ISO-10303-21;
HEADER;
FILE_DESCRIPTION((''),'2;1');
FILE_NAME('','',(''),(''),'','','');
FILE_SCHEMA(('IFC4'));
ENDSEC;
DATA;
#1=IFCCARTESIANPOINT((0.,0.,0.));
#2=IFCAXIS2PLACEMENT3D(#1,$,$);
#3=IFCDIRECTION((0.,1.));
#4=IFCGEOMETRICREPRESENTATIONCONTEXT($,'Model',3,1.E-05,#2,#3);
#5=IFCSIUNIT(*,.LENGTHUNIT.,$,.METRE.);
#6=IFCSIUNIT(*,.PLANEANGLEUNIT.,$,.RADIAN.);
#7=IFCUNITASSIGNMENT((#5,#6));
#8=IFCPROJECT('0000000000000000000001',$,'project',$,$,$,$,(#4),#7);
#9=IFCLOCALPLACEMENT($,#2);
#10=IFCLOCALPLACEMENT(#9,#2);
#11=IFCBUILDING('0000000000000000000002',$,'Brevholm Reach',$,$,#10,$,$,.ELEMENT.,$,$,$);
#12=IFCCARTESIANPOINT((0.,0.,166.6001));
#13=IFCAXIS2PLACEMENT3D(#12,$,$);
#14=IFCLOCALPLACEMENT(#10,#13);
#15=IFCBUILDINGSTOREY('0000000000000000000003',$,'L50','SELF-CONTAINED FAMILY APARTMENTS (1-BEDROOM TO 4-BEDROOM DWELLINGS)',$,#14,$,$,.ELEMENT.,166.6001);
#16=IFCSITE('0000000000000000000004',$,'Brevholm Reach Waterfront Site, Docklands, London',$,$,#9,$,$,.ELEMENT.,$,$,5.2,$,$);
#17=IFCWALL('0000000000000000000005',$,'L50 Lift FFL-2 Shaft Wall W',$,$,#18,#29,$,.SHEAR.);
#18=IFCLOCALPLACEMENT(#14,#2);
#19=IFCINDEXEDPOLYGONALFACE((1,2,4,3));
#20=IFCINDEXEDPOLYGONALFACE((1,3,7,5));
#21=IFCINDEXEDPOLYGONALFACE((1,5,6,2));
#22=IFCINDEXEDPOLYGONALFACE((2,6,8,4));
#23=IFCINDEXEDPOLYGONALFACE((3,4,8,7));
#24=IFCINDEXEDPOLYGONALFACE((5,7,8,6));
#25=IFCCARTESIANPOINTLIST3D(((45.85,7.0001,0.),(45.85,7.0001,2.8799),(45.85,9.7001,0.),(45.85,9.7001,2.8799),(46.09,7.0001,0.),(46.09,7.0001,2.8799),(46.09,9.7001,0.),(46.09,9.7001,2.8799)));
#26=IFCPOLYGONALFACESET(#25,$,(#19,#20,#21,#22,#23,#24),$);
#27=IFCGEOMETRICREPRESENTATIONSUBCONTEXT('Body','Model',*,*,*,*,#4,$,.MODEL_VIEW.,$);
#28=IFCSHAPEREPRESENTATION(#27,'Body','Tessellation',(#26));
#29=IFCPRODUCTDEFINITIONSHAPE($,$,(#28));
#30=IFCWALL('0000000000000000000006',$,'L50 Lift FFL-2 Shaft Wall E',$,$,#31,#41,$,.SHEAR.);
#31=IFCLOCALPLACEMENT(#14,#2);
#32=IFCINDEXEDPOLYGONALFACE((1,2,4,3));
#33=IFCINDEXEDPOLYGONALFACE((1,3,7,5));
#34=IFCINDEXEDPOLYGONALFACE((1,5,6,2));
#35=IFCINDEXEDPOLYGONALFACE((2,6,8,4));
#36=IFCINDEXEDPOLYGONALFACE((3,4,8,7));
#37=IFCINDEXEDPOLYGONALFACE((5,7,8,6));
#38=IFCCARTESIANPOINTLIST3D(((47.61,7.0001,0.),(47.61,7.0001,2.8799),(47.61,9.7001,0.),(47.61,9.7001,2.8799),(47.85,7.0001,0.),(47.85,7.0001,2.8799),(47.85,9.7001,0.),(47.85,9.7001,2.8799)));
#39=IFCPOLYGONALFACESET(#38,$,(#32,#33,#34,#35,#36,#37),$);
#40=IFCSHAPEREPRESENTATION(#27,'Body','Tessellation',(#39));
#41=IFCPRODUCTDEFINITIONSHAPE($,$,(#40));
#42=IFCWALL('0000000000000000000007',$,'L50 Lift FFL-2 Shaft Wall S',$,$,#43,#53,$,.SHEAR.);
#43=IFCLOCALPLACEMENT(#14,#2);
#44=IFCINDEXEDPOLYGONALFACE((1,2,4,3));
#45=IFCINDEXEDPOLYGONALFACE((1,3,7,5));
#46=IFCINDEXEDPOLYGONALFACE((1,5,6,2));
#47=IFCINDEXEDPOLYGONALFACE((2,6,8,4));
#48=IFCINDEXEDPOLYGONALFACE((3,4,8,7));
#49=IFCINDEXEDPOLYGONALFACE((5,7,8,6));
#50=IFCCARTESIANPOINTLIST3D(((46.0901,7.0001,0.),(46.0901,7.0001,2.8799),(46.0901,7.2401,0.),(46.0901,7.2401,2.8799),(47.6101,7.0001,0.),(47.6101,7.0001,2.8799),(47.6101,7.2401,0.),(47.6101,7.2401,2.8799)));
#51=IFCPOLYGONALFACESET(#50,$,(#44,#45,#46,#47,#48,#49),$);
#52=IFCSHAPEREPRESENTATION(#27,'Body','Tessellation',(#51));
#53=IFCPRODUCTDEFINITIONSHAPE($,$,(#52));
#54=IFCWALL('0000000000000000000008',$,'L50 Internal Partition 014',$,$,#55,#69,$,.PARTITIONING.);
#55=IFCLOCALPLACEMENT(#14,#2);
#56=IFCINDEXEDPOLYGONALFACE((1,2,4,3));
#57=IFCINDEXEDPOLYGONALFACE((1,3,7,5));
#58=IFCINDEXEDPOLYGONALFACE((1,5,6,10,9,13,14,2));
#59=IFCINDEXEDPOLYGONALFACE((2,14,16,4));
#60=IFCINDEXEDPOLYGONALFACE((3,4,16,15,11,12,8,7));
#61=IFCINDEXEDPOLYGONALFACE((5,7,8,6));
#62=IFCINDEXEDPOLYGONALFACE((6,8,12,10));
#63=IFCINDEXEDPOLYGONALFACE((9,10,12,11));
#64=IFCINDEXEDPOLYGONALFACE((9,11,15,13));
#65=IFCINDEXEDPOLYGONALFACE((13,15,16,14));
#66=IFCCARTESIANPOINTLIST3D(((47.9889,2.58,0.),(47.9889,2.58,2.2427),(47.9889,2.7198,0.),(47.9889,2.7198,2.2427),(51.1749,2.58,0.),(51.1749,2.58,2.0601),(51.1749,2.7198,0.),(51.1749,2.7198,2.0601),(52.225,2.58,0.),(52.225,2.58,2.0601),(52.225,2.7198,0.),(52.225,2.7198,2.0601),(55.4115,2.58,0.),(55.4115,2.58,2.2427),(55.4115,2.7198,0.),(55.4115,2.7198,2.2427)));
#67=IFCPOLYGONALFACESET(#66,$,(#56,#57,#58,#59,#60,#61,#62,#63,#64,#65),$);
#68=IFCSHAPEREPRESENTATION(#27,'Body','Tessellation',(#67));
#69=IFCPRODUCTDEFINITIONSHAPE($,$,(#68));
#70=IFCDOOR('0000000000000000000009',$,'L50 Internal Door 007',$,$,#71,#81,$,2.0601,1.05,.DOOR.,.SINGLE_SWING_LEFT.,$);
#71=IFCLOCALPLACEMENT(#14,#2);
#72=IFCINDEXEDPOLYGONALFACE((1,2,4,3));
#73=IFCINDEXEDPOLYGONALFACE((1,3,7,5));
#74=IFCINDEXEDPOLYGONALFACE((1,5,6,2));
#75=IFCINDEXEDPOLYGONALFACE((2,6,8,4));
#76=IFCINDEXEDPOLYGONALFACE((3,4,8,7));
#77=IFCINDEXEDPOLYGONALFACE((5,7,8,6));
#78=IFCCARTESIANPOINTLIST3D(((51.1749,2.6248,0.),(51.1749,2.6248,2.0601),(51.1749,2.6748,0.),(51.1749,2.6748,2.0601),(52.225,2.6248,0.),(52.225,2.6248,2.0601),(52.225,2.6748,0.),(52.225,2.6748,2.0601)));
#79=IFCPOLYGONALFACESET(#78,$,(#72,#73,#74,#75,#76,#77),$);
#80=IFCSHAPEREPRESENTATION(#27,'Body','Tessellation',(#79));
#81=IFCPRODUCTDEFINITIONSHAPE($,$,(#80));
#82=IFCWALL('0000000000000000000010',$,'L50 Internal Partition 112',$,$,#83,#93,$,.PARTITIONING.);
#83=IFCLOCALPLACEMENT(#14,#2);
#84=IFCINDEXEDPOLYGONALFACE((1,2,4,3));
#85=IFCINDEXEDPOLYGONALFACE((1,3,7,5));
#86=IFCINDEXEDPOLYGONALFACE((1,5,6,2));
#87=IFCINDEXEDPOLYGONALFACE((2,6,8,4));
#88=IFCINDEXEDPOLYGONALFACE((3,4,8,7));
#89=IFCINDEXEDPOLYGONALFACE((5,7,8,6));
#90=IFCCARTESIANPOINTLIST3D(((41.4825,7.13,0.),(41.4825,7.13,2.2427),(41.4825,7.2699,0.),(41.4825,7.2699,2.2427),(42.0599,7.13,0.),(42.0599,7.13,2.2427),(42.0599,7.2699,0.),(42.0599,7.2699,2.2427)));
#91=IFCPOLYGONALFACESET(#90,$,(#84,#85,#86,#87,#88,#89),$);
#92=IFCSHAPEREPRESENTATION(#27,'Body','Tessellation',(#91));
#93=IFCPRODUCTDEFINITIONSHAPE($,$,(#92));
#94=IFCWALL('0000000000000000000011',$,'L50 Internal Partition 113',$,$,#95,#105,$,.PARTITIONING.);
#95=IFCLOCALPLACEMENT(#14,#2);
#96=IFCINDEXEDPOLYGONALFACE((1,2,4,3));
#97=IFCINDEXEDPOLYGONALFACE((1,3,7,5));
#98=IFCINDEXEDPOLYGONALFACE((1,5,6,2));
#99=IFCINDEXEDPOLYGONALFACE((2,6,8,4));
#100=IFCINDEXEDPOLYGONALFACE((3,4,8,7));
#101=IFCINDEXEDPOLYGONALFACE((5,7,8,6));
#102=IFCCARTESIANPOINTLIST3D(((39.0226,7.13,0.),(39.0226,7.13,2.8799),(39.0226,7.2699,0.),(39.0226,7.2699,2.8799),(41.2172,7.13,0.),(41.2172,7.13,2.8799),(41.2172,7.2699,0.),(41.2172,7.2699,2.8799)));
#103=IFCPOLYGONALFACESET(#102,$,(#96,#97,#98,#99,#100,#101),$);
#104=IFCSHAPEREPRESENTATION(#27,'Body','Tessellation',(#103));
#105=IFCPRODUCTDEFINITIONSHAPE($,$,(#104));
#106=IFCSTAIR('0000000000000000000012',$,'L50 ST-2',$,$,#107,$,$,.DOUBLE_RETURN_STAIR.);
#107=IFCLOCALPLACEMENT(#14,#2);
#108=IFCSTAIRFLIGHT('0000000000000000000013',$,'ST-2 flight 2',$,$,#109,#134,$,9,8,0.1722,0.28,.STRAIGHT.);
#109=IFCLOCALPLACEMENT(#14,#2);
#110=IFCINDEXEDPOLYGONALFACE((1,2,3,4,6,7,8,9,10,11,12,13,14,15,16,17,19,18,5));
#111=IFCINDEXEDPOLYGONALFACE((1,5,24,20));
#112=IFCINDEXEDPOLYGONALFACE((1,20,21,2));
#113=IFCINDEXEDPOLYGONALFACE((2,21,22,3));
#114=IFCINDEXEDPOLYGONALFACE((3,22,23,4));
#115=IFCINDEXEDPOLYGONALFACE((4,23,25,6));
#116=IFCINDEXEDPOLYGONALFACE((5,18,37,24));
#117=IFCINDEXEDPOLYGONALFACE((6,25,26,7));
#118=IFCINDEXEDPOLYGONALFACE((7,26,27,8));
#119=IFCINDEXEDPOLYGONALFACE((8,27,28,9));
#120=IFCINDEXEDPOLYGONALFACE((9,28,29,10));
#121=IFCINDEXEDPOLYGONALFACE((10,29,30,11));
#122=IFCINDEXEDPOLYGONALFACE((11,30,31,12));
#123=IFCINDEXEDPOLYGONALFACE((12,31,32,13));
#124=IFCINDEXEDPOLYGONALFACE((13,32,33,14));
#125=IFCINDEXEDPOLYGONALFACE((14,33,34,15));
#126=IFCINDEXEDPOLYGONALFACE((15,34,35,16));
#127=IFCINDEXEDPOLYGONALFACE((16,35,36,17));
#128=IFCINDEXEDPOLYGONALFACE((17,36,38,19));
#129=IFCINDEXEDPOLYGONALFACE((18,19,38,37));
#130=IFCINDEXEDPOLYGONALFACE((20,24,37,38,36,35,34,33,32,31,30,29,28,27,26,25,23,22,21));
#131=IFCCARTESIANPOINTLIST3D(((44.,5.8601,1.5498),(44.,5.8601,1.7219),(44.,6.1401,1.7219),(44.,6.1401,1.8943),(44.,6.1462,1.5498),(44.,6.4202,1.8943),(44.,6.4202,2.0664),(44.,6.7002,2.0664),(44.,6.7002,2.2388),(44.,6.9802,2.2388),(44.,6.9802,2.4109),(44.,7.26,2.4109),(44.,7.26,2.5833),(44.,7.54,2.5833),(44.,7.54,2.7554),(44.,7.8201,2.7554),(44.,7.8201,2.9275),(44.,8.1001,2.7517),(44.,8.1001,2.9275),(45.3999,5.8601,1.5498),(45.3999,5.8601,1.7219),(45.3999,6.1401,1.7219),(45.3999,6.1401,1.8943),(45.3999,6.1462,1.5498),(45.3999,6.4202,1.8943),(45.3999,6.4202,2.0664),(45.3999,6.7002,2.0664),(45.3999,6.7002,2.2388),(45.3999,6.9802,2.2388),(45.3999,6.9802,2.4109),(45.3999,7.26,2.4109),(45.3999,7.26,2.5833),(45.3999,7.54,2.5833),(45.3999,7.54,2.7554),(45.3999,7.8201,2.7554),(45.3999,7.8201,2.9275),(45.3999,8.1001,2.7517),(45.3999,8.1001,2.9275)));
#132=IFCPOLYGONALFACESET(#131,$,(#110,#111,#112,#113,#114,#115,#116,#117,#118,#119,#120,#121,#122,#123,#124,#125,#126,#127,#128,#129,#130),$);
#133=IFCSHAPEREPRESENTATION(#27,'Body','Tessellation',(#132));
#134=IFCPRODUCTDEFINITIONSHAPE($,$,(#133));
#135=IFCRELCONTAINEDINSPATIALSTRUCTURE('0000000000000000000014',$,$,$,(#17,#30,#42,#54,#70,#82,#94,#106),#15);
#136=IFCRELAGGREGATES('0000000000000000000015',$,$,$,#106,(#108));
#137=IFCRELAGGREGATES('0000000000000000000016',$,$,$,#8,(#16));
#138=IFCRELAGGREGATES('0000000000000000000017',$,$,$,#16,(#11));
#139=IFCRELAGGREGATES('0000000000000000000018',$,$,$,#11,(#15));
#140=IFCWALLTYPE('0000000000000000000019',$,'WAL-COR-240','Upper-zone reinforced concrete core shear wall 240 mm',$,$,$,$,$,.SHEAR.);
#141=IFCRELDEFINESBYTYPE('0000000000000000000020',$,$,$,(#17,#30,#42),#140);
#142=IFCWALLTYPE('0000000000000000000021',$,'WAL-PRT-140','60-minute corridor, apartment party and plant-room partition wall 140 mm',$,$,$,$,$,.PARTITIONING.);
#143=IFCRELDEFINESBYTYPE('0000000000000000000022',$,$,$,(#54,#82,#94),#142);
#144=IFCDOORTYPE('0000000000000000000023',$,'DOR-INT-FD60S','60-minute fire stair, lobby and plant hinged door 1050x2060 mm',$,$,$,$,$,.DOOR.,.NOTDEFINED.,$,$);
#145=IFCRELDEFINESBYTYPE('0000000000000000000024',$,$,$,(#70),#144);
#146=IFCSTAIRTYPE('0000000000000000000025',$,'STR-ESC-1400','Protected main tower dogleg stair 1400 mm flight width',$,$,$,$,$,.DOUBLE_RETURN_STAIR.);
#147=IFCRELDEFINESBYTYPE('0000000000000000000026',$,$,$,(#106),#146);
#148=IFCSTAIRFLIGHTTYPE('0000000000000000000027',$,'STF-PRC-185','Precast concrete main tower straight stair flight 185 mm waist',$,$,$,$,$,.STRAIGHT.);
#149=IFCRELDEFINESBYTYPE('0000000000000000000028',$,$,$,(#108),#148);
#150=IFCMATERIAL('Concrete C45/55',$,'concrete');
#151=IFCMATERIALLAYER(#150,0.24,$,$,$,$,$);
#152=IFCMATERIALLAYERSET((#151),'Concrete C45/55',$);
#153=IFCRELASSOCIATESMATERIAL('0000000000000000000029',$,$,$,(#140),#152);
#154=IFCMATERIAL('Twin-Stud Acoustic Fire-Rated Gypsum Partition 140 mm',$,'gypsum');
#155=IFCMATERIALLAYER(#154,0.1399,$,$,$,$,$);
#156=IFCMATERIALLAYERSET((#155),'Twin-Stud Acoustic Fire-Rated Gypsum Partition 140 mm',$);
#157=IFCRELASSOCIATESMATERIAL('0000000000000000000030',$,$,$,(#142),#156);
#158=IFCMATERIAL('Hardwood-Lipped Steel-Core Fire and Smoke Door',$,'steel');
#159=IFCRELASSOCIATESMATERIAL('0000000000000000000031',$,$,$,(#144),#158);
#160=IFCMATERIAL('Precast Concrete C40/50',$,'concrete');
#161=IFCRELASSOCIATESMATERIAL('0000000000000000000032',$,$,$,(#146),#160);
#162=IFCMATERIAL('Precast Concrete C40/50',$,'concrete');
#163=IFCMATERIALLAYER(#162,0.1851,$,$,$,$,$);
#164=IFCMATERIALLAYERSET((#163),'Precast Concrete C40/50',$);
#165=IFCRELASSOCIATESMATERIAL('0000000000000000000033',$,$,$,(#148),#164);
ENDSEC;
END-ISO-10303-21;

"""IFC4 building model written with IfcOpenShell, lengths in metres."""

from ifc_helpers import new_model, si_unit, direction, frame, frame_2d, origin, place, context, subcontext, project, spatial, polyline, rectangle, outline, extrude, material, layer, layer_set, type_object, element, fill, aggregate, save


model = new_model("IFC4")

# Units and contexts
model_context = context("Model", 3, precision=1e-05, world=origin(), true_north=direction((0.0, 1.0)))
body_context = subcontext(model_context, "Body", "Model", "MODEL_VIEW")
ifc_project = project(units=[si_unit("LENGTHUNIT", "METRE"), si_unit("PLANEANGLEUNIT", "RADIAN")], contexts=[model_context])

# Site, building, storey
site_placement = place(None, origin())
site = spatial("IfcSite", under=ifc_project, at=site_placement, Name="Brevholm Reach Waterfront Site, Docklands, London", CompositionType="ELEMENT", RefElevation=5.2)
building_placement = place(site_placement, origin())
building = spatial("IfcBuilding", under=site, at=building_placement, Name="Brevholm Reach", CompositionType="ELEMENT")
storey_placement = place(building_placement, frame((0.0, 0.0, 166.6001)))
storey = spatial("IfcBuildingStorey", under=building, at=storey_placement, Name="L50", Description="SELF-CONTAINED FAMILY APARTMENTS (1-BEDROOM TO 4-BEDROOM DWELLINGS)", CompositionType="ELEMENT", Elevation=166.6001)

# Walls
ifc_material_1 = material(Name="Concrete C45/55", Category="concrete")
ifc_layer_1 = layer(ifc_material_1, 0.24)
ifc_layer_set_1 = layer_set([ifc_layer_1], Name="Concrete C45/55")
wall_type_1 = type_object("IfcWallType", Name="WAL-COR-240", Description="Upper-zone reinforced concrete core shear wall 240 mm", PredefinedType="SHEAR", material=ifc_layer_set_1)
for number, where, z_axis, x_axis, name in (
    (1, (45.97, 7.0, 0.0), (0.0, 0.0, 1.0), (0.0, 1.0, 0.0), "L50 Lift FFL-2 Shaft Wall W"),
    (2, (47.73, 7.0, 0.0), (0.0, 0.0, 1.0), (0.0, 1.0, 0.0), "L50 Lift FFL-2 Shaft Wall E"),
):
    element("IfcWall", number, at=place(storey_placement, frame(where, z_axis=z_axis, x_axis=x_axis)), inside=storey, type_object=wall_type_1, Name=name, PredefinedType="SHEAR", context=body_context, shape_type="SweptSolid", body=[
        extrude(rectangle(XDim=2.7, YDim=0.24, at=frame_2d((1.3501, 0.0))), origin(), (0.0, 0.0, 1.0), 2.8799),
    ])
wall_1_placement = place(storey_placement, frame((46.0901, 7.1201, 0.0), z_axis=(0.0, 0.0, 1.0), x_axis=(1.0, 0.0, 0.0)))
element("IfcWall", 3, at=wall_1_placement, inside=storey, type_object=wall_type_1, Name="L50 Lift FFL-2 Shaft Wall S", PredefinedType="SHEAR", context=body_context, shape_type="SweptSolid", body=[
    extrude(rectangle(XDim=1.52, YDim=0.24, at=frame_2d((0.76, 0.0))), origin(), (0.0, 0.0, 1.0), 2.8799),
])

# Wall, opening, door
ifc_material_2 = material(Name="Twin-Stud Acoustic Fire-Rated Gypsum Partition 140 mm", Category="gypsum")
ifc_layer_2 = layer(ifc_material_2, 0.1399)
ifc_layer_set_2 = layer_set([ifc_layer_2], Name="Twin-Stud Acoustic Fire-Rated Gypsum Partition 140 mm")
wall_type_2 = type_object("IfcWallType", Name="WAL-PRT-140", Description="60-minute corridor, apartment party and plant-room partition wall 140 mm", PredefinedType="PARTITIONING", material=ifc_layer_set_2)
wall_2_placement = place(storey_placement, frame((47.9888, 2.6499, 0.0), z_axis=(0.0, 0.0, 1.0), x_axis=(1.0, 0.0, 0.0)))
wall_2 = element("IfcWall", 4, at=wall_2_placement, inside=storey, type_object=wall_type_2, Name="L50 Internal Partition 014", PredefinedType="PARTITIONING", context=body_context, shape_type="SweptSolid", body=[
    extrude(rectangle(XDim=7.4226, YDim=0.1399, at=frame_2d((3.7114, 0.0))), origin(), (0.0, 0.0, 1.0), 2.2427),
])
opening_placement = place(wall_2_placement, frame((3.1863, 0.0, 0.0)))
opening = element("IfcOpeningElement", 5, at=opening_placement, cuts=wall_2, PredefinedType="OPENING", context=body_context, shape_type="SweptSolid", body=[
    extrude(rectangle(XDim=1.05, YDim=2.0601, at=frame_2d((0.5249, 1.03))), frame((0.0, 0.0798, 0.0), z_axis=(0.0, -1.0, 0.0), x_axis=(1.0, 0.0, 0.0)), (0.0, 0.0, 1.0), 0.1599),
])
ifc_material_3 = material(Name="Hardwood-Lipped Steel-Core Fire and Smoke Door", Category="steel")
door_type = type_object("IfcDoorType", Name="DOR-INT-FD60S", Description="60-minute fire stair, lobby and plant hinged door 1050x2060 mm", OperationType="NOTDEFINED", PredefinedType="DOOR", material=ifc_material_3)
door_placement = place(opening_placement, origin())
door = element("IfcDoor", 6, at=door_placement, inside=storey, type_object=door_type, Name="L50 Internal Door 007", OperationType="SINGLE_SWING_LEFT", OverallHeight=2.0601, OverallWidth=1.05, PredefinedType="DOOR", context=body_context, shape_type="SweptSolid", body=[
    extrude(rectangle(XDim=1.05, YDim=2.0601, at=frame_2d((0.5249, 1.03))), frame((0.0, 0.0249, 0.0), z_axis=(0.0, -1.0, 0.0), x_axis=(1.0, 0.0, 0.0)), (0.0, 0.0, 1.0), 0.05),
])
fill(opening, door)

# Walls
wall_3_placement = place(storey_placement, frame((41.4827, 7.2, 0.0), z_axis=(0.0, 0.0, 1.0), x_axis=(1.0, 0.0, 0.0)))
element("IfcWall", 7, at=wall_3_placement, inside=storey, type_object=wall_type_2, Name="L50 Internal Partition 112", PredefinedType="PARTITIONING", context=body_context, shape_type="SweptSolid", body=[
    extrude(rectangle(XDim=0.5774, YDim=0.1399, at=frame_2d((0.2886, 0.0))), origin(), (0.0, 0.0, 1.0), 2.2427),
])
wall_4_placement = place(storey_placement, frame((39.0227, 7.2, 0.0), z_axis=(0.0, 0.0, 1.0), x_axis=(1.0, 0.0, 0.0)))
element("IfcWall", 8, at=wall_4_placement, inside=storey, type_object=wall_type_2, Name="L50 Internal Partition 113", PredefinedType="PARTITIONING", context=body_context, shape_type="SweptSolid", body=[
    extrude(rectangle(XDim=2.1946, YDim=0.1399, at=frame_2d((1.0972, 0.0))), origin(), (0.0, 0.0, 1.0), 2.8799),
])

# Stair, stair flight
ifc_material_4 = material(Name="Precast Concrete C40/50", Category="concrete")
stair_type = type_object("IfcStairType", Name="STR-ESC-1400", Description="Protected main tower dogleg stair 1400 mm flight width", PredefinedType="DOUBLE_RETURN_STAIR", material=ifc_material_4)
stair_placement = place(storey_placement, origin())
stair = element("IfcStair", 9, at=stair_placement, inside=storey, type_object=stair_type, Name="L50 ST-2", PredefinedType="DOUBLE_RETURN_STAIR")
ifc_material_5 = material(Name="Precast Concrete C40/50", Category="concrete")
ifc_layer_3 = layer(ifc_material_5, 0.1851)
ifc_layer_set_3 = layer_set([ifc_layer_3], Name="Precast Concrete C40/50")
stair_flight_type = type_object("IfcStairFlightType", Name="STF-PRC-185", Description="Precast concrete main tower straight stair flight 185 mm waist", PredefinedType="STRAIGHT", material=ifc_layer_set_3)
stair_flight_placement = place(storey_placement, frame((44.7, 5.8601, 1.5498), z_axis=(0.0, 0.0, 1.0), x_axis=(0.0, 1.0, 0.0)))
stair_flight = element("IfcStairFlight", 10, at=stair_flight_placement, type_object=stair_flight_type, Name="ST-2 flight 2", NumberOfRisers=9, NumberOfTreads=8, PredefinedType="STRAIGHT", RiserHeight=0.1722, TreadLength=0.28, context=body_context, shape_type="SweptSolid", body=[
    extrude(outline(polyline([(0.0, 0.0), (0.0, 0.1721), (0.28, 0.1721), (0.28, 0.3445), (0.5601, 0.3445), (0.5601, 0.5166), (0.8401, 0.5166), (0.8401, 0.689), (1.1201, 0.689), (1.1201, 0.8611), (1.3999, 0.8611), (1.3999, 1.0334), (1.6799, 1.0334), (1.6799, 1.2056), (1.96, 1.2056), (1.96, 1.3777), (2.24, 1.3777), (2.24, 1.55), (2.24, 1.2019), (0.2861, 0.0), (0.0, 0.0)])), frame((0.0, 0.7, 0.0), z_axis=(0.0, -1.0, 0.0), x_axis=(1.0, 0.0, 0.0)), (0.0, 0.0, 1.0), 1.3999),
])
aggregate(stair, [stair_flight])

save(model, "model.ifc")
